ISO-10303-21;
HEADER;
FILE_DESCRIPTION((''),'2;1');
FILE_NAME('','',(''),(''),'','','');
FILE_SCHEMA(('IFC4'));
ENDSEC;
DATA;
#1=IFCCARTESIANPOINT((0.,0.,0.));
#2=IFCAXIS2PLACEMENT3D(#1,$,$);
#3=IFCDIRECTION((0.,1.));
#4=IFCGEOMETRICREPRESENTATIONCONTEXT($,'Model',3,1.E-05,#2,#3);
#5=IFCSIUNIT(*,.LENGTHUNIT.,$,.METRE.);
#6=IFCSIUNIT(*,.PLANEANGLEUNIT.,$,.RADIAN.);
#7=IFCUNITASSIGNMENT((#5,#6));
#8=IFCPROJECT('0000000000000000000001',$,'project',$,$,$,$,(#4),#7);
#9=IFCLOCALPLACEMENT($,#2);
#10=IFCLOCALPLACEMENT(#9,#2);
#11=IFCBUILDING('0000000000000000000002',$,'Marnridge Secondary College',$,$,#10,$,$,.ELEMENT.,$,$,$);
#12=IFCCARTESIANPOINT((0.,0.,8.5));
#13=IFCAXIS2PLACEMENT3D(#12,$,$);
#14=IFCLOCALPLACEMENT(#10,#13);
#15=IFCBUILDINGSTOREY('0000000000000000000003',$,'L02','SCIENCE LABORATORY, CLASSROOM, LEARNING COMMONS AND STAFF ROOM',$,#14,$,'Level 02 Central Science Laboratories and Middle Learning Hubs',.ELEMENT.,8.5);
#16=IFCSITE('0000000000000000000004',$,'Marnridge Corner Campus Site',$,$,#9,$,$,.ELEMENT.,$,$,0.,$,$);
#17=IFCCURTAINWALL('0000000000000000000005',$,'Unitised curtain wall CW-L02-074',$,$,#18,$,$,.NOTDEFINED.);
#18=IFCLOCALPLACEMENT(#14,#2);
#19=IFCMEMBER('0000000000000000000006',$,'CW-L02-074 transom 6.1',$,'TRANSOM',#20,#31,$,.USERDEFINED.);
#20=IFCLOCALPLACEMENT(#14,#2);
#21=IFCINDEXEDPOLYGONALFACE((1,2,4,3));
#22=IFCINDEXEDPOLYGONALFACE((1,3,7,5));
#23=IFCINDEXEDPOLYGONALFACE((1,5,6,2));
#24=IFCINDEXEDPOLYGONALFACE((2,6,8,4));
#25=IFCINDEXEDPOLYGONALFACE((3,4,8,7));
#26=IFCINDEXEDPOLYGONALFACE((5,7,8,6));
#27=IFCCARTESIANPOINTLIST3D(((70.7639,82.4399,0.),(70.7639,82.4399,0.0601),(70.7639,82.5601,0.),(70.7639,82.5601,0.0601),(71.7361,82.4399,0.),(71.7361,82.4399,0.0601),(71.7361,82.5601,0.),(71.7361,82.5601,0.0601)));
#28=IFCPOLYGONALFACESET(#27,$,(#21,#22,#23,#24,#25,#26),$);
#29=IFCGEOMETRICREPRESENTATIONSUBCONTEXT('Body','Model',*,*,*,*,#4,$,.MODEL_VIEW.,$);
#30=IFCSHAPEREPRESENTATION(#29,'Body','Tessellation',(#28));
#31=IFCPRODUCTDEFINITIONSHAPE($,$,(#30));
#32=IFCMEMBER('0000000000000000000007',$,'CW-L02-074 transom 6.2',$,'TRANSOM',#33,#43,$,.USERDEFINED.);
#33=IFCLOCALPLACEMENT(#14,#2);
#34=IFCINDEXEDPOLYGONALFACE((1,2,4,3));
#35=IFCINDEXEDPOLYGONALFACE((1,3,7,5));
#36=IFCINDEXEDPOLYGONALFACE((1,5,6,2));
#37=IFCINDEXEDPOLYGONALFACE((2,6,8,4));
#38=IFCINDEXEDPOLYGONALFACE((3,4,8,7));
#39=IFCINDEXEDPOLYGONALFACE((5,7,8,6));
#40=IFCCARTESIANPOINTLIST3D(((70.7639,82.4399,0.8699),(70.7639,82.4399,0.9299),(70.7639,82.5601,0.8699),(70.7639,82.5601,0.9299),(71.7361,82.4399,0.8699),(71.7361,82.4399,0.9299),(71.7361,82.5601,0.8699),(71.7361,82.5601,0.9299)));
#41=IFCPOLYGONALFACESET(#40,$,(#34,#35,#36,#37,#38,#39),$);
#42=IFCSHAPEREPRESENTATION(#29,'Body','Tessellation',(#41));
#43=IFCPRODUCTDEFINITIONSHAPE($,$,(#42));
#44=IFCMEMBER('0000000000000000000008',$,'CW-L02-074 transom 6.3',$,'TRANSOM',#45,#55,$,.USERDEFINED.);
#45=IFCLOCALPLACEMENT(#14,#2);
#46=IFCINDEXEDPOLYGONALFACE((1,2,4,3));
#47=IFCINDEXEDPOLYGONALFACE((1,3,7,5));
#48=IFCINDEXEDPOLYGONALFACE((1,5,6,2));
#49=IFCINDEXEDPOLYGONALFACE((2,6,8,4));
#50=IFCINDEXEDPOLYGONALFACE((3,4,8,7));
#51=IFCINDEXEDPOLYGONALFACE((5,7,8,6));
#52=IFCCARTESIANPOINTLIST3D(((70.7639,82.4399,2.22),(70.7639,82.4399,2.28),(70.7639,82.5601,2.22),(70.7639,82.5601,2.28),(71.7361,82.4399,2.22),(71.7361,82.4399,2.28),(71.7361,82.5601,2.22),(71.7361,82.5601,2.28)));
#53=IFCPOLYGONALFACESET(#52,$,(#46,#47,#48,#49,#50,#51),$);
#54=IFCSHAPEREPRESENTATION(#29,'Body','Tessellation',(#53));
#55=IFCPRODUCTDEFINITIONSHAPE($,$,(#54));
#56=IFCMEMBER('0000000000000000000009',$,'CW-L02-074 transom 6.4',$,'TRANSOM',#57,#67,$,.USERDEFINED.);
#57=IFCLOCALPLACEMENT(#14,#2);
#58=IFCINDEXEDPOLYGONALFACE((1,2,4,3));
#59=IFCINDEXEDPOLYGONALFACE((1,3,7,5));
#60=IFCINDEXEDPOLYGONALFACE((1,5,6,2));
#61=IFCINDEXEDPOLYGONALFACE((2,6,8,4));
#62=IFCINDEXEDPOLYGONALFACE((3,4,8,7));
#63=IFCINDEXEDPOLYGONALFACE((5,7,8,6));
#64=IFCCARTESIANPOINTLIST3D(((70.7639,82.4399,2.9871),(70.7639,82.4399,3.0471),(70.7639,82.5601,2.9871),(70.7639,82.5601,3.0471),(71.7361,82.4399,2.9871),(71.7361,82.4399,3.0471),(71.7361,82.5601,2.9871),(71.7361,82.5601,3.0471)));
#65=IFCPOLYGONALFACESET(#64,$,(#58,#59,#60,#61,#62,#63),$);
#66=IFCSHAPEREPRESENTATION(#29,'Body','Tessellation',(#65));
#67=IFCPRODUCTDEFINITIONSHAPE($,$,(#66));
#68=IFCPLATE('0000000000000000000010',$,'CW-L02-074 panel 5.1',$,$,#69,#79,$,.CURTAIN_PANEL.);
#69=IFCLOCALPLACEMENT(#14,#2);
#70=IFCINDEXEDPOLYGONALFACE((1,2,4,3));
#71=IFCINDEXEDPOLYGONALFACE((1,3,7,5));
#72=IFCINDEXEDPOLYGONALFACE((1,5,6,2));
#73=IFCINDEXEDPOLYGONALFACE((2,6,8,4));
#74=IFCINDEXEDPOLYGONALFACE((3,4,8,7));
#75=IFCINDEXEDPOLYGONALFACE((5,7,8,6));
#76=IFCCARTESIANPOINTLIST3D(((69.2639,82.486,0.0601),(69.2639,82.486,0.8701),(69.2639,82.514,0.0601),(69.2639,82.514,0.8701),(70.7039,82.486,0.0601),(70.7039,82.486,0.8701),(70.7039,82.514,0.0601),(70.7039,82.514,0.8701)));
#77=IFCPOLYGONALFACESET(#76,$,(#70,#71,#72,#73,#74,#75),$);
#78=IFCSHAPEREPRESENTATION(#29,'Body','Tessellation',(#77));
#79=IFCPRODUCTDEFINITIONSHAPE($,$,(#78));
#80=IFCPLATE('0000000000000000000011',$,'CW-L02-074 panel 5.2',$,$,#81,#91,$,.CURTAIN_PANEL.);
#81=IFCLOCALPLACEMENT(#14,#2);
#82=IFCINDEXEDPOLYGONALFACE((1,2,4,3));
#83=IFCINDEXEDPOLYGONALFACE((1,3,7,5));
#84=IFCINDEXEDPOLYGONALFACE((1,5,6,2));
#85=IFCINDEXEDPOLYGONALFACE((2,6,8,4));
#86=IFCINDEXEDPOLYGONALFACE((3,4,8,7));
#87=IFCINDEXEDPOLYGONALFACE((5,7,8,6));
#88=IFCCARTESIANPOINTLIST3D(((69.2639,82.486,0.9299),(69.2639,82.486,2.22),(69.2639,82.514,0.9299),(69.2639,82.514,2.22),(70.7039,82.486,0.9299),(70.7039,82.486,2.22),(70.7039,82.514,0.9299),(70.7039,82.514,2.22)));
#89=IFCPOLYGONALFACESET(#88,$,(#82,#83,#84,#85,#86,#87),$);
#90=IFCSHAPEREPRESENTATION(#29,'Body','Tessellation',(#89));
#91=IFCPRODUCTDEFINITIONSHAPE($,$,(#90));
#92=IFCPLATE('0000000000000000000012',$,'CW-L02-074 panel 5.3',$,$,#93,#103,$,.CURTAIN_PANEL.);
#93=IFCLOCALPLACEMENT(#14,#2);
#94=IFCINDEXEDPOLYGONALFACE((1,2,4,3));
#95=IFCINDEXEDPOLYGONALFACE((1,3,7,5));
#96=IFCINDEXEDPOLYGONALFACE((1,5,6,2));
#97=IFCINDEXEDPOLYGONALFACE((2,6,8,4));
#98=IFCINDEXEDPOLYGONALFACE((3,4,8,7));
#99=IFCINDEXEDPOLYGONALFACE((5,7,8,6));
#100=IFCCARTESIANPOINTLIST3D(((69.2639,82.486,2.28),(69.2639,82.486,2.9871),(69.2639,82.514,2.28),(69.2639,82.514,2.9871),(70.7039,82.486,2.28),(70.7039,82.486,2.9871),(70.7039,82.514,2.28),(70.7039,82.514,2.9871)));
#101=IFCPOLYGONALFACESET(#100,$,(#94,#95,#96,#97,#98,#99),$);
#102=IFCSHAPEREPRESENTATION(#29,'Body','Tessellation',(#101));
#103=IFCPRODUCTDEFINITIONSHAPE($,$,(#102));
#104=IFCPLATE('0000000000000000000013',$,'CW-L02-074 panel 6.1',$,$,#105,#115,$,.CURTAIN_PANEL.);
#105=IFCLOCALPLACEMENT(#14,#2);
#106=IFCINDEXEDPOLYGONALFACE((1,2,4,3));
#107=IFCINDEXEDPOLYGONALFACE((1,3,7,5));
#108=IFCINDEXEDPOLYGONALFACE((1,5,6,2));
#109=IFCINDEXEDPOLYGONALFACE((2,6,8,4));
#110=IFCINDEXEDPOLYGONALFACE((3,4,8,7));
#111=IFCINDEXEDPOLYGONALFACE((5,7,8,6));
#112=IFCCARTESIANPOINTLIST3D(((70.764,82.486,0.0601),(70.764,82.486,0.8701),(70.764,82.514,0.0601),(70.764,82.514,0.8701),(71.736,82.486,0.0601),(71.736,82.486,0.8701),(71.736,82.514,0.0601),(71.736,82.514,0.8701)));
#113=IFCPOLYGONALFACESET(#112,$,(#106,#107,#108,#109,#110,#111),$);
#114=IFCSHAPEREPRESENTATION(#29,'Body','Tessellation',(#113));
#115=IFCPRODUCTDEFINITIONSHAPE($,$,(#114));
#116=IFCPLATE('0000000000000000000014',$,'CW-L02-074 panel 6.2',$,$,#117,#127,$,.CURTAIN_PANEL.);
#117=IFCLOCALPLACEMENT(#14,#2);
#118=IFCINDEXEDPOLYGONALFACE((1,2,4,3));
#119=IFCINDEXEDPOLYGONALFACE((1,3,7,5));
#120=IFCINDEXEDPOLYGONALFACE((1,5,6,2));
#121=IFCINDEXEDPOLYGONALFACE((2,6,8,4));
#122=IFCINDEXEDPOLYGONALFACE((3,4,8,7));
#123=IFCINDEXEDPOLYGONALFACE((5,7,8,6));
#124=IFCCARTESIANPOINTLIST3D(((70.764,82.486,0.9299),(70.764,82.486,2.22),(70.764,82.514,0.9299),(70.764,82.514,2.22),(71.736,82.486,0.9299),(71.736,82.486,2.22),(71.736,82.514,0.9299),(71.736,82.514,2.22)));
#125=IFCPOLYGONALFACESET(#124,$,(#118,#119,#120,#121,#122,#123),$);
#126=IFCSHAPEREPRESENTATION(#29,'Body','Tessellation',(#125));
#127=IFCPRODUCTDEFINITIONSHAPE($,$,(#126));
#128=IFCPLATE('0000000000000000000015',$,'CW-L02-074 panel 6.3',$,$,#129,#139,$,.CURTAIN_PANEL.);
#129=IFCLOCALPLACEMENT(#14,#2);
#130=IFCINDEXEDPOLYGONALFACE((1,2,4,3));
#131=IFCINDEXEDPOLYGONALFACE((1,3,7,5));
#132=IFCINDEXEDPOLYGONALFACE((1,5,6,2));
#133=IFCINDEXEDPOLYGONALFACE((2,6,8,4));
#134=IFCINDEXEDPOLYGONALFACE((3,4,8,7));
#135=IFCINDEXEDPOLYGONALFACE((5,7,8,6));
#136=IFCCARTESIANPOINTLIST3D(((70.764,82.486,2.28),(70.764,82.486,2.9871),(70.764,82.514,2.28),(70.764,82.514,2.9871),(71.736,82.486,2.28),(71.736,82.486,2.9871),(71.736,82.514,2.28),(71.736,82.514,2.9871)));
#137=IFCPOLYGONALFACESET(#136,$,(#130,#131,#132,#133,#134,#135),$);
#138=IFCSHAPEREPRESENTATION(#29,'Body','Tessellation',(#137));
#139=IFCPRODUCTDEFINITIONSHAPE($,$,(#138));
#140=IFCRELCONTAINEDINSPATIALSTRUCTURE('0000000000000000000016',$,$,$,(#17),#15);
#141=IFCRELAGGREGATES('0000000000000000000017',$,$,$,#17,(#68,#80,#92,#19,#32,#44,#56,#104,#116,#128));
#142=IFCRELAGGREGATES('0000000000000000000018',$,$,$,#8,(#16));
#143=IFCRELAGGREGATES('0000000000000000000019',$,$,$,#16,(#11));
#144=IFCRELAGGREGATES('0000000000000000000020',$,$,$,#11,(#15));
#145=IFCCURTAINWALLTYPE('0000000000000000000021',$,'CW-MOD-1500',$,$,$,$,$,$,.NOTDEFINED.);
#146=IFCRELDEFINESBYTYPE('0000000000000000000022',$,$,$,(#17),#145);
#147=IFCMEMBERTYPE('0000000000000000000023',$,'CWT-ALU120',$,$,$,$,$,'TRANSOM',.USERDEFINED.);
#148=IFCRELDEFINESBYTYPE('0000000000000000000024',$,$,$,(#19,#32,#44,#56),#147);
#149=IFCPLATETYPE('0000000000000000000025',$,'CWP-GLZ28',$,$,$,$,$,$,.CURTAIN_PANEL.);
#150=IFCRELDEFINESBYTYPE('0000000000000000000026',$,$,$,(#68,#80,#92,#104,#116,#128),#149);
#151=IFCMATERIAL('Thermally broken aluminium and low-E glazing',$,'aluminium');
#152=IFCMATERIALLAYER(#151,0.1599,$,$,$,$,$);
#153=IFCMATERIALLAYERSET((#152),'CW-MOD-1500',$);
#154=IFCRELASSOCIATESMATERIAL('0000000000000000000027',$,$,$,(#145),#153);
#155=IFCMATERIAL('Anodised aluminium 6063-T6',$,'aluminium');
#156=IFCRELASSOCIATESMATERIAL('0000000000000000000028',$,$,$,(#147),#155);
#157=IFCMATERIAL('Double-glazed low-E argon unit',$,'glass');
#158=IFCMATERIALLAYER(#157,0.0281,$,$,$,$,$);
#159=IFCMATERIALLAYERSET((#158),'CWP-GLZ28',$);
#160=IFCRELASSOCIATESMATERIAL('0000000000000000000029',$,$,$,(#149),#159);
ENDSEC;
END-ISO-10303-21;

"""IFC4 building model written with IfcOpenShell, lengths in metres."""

from ifc_helpers import new_model, si_unit, direction, frame, origin, origin_2d, place, context, subcontext, project, spatial, rectangle, extrude, material, layer, layer_set, material_profile, profile_set, type_object, element, aggregate, save


model = new_model("IFC4")

# Units and contexts
model_context = context("Model", 3, precision=1e-05, world=origin(), true_north=direction((0.0, 1.0)))
body_context = subcontext(model_context, "Body", "Model", "MODEL_VIEW")
ifc_project = project(units=[si_unit("LENGTHUNIT", "METRE"), si_unit("PLANEANGLEUNIT", "RADIAN")], contexts=[model_context])

# Site, building, storey
site_placement = place(None, origin())
site = spatial("IfcSite", under=ifc_project, at=site_placement, Name="Marnridge Corner Campus Site", CompositionType="ELEMENT", RefElevation=0.0)
building_placement = place(site_placement, origin())
building = spatial("IfcBuilding", under=site, at=building_placement, Name="Marnridge Secondary College", CompositionType="ELEMENT")
storey_placement = place(building_placement, frame((0.0, 0.0, 8.5)))
storey = spatial("IfcBuildingStorey", under=building, at=storey_placement, Name="L02", Description="SCIENCE LABORATORY, CLASSROOM, LEARNING COMMONS AND STAFF ROOM", LongName="Level 02 Central Science Laboratories and Middle Learning Hubs", CompositionType="ELEMENT", Elevation=8.5)

# Curtain wall
ifc_material_1 = material(Name="Thermally broken aluminium and low-E glazing", Category="aluminium")
ifc_layer_1 = layer(ifc_material_1, 0.1599)
ifc_layer_set_1 = layer_set([ifc_layer_1], Name="CW-MOD-1500")
curtain_wall_type = type_object("IfcCurtainWallType", Name="CW-MOD-1500", PredefinedType="NOTDEFINED", material=ifc_layer_set_1)
curtain_wall_1_placement = place(storey_placement, origin())
curtain_wall_1 = element("IfcCurtainWall", 1, at=curtain_wall_1_placement, inside=storey, type_object=curtain_wall_type, Name="Unitised curtain wall CW-L02-074", PredefinedType="NOTDEFINED")

# Members
ifc_material_2 = material(Name="Anodised aluminium 6063-T6", Category="aluminium")
ifc_material_profile_1 = material_profile(ifc_material_2, rectangle(XDim=0.0601, YDim=0.1201, at=origin_2d()), Name="ALU 60x120")
ifc_profile_set_1 = profile_set([ifc_material_profile_1], Name="Anodised aluminium 6063-T6")
member_type_1 = type_object("IfcMemberType", Name="CWT-ALU120", ElementType="TRANSOM", PredefinedType="USERDEFINED", material=ifc_profile_set_1)
member_1_placement = place(storey_placement, frame((70.7639, 82.5, 0.03), z_axis=(1.0, 0.0, 0.0), x_axis=(0.0, 0.0, 1.0)))
member_1 = element("IfcMember", 2, at=member_1_placement, type_object=member_type_1, Name="CW-L02-074 transom 6.1", ObjectType="TRANSOM", PredefinedType="USERDEFINED", context=body_context, shape_type="SweptSolid", body=[
    extrude(rectangle(XDim=0.0601, YDim=0.1201, at=origin_2d()), origin(), (0.0, 0.0, 1.0), 0.9722),
])
member_2_placement = place(storey_placement, frame((70.7639, 82.5, 0.8999), z_axis=(1.0, 0.0, 0.0), x_axis=(0.0, 0.0, 1.0)))
member_2 = element("IfcMember", 3, at=member_2_placement, type_object=member_type_1, Name="CW-L02-074 transom 6.2", ObjectType="TRANSOM", PredefinedType="USERDEFINED", context=body_context, shape_type="SweptSolid", body=[
    extrude(rectangle(XDim=0.0601, YDim=0.1201, at=origin_2d()), origin(), (0.0, 0.0, 1.0), 0.9722),
])
member_3_placement = place(storey_placement, frame((70.7639, 82.5, 2.25), z_axis=(1.0, 0.0, 0.0), x_axis=(0.0, 0.0, 1.0)))
member_3 = element("IfcMember", 4, at=member_3_placement, type_object=member_type_1, Name="CW-L02-074 transom 6.3", ObjectType="TRANSOM", PredefinedType="USERDEFINED", context=body_context, shape_type="SweptSolid", body=[
    extrude(rectangle(XDim=0.0601, YDim=0.1201, at=origin_2d()), origin(), (0.0, 0.0, 1.0), 0.9722),
])
member_4_placement = place(storey_placement, frame((70.7639, 82.5, 3.0171), z_axis=(1.0, 0.0, 0.0), x_axis=(0.0, 0.0, 1.0)))
member_4 = element("IfcMember", 5, at=member_4_placement, type_object=member_type_1, Name="CW-L02-074 transom 6.4", ObjectType="TRANSOM", PredefinedType="USERDEFINED", context=body_context, shape_type="SweptSolid", body=[
    extrude(rectangle(XDim=0.0601, YDim=0.1201, at=origin_2d()), origin(), (0.0, 0.0, 1.0), 0.9722),
])

# Plates
ifc_material_3 = material(Name="Double-glazed low-E argon unit", Category="glass")
ifc_layer_2 = layer(ifc_material_3, 0.0281)
ifc_layer_set_2 = layer_set([ifc_layer_2], Name="CWP-GLZ28")
plate_type = type_object("IfcPlateType", Name="CWP-GLZ28", PredefinedType="CURTAIN_PANEL", material=ifc_layer_set_2)
plate_1_placement = place(storey_placement, frame((69.9839, 82.5, 0.0601), z_axis=(0.0, 0.0, 1.0), x_axis=(1.0, 0.0, 0.0)))
plate_1 = element("IfcPlate", 6, at=plate_1_placement, type_object=plate_type, Name="CW-L02-074 panel 5.1", PredefinedType="CURTAIN_PANEL", context=body_context, shape_type="SweptSolid", body=[
    extrude(rectangle(XDim=1.4399, YDim=0.0281, at=origin_2d()), origin(), (0.0, 0.0, 1.0), 0.8101),
])
plate_2_placement = place(storey_placement, frame((69.9839, 82.5, 0.9299), z_axis=(0.0, 0.0, 1.0), x_axis=(1.0, 0.0, 0.0)))
plate_2 = element("IfcPlate", 7, at=plate_2_placement, type_object=plate_type, Name="CW-L02-074 panel 5.2", PredefinedType="CURTAIN_PANEL", context=body_context, shape_type="SweptSolid", body=[
    extrude(rectangle(XDim=1.4399, YDim=0.0281, at=origin_2d()), origin(), (0.0, 0.0, 1.0), 1.29),
])
plate_3_placement = place(storey_placement, frame((69.9839, 82.5, 2.28), z_axis=(0.0, 0.0, 1.0), x_axis=(1.0, 0.0, 0.0)))
plate_3 = element("IfcPlate", 8, at=plate_3_placement, type_object=plate_type, Name="CW-L02-074 panel 5.3", PredefinedType="CURTAIN_PANEL", context=body_context, shape_type="SweptSolid", body=[
    extrude(rectangle(XDim=1.4399, YDim=0.0281, at=origin_2d()), origin(), (0.0, 0.0, 1.0), 0.707),
])
plate_4_placement = place(storey_placement, frame((71.25, 82.5, 0.0601), z_axis=(0.0, 0.0, 1.0), x_axis=(1.0, 0.0, 0.0)))
plate_4 = element("IfcPlate", 9, at=plate_4_placement, type_object=plate_type, Name="CW-L02-074 panel 6.1", PredefinedType="CURTAIN_PANEL", context=body_context, shape_type="SweptSolid", body=[
    extrude(rectangle(XDim=0.9719, YDim=0.0281, at=origin_2d()), origin(), (0.0, 0.0, 1.0), 0.8101),
])
plate_5_placement = place(storey_placement, frame((71.25, 82.5, 0.9299), z_axis=(0.0, 0.0, 1.0), x_axis=(1.0, 0.0, 0.0)))
plate_5 = element("IfcPlate", 10, at=plate_5_placement, type_object=plate_type, Name="CW-L02-074 panel 6.2", PredefinedType="CURTAIN_PANEL", context=body_context, shape_type="SweptSolid", body=[
    extrude(rectangle(XDim=0.9719, YDim=0.0281, at=origin_2d()), origin(), (0.0, 0.0, 1.0), 1.29),
])
plate_6_placement = place(storey_placement, frame((71.25, 82.5, 2.28), z_axis=(0.0, 0.0, 1.0), x_axis=(1.0, 0.0, 0.0)))
plate_6 = element("IfcPlate", 11, at=plate_6_placement, type_object=plate_type, Name="CW-L02-074 panel 6.3", PredefinedType="CURTAIN_PANEL", context=body_context, shape_type="SweptSolid", body=[
    extrude(rectangle(XDim=0.9719, YDim=0.0281, at=origin_2d()), origin(), (0.0, 0.0, 1.0), 0.707),
])
aggregate(curtain_wall_1, [plate_1, plate_2, plate_3, member_1, member_2, member_3, member_4, plate_4, plate_5, plate_6])

save(model, "model.ifc")
